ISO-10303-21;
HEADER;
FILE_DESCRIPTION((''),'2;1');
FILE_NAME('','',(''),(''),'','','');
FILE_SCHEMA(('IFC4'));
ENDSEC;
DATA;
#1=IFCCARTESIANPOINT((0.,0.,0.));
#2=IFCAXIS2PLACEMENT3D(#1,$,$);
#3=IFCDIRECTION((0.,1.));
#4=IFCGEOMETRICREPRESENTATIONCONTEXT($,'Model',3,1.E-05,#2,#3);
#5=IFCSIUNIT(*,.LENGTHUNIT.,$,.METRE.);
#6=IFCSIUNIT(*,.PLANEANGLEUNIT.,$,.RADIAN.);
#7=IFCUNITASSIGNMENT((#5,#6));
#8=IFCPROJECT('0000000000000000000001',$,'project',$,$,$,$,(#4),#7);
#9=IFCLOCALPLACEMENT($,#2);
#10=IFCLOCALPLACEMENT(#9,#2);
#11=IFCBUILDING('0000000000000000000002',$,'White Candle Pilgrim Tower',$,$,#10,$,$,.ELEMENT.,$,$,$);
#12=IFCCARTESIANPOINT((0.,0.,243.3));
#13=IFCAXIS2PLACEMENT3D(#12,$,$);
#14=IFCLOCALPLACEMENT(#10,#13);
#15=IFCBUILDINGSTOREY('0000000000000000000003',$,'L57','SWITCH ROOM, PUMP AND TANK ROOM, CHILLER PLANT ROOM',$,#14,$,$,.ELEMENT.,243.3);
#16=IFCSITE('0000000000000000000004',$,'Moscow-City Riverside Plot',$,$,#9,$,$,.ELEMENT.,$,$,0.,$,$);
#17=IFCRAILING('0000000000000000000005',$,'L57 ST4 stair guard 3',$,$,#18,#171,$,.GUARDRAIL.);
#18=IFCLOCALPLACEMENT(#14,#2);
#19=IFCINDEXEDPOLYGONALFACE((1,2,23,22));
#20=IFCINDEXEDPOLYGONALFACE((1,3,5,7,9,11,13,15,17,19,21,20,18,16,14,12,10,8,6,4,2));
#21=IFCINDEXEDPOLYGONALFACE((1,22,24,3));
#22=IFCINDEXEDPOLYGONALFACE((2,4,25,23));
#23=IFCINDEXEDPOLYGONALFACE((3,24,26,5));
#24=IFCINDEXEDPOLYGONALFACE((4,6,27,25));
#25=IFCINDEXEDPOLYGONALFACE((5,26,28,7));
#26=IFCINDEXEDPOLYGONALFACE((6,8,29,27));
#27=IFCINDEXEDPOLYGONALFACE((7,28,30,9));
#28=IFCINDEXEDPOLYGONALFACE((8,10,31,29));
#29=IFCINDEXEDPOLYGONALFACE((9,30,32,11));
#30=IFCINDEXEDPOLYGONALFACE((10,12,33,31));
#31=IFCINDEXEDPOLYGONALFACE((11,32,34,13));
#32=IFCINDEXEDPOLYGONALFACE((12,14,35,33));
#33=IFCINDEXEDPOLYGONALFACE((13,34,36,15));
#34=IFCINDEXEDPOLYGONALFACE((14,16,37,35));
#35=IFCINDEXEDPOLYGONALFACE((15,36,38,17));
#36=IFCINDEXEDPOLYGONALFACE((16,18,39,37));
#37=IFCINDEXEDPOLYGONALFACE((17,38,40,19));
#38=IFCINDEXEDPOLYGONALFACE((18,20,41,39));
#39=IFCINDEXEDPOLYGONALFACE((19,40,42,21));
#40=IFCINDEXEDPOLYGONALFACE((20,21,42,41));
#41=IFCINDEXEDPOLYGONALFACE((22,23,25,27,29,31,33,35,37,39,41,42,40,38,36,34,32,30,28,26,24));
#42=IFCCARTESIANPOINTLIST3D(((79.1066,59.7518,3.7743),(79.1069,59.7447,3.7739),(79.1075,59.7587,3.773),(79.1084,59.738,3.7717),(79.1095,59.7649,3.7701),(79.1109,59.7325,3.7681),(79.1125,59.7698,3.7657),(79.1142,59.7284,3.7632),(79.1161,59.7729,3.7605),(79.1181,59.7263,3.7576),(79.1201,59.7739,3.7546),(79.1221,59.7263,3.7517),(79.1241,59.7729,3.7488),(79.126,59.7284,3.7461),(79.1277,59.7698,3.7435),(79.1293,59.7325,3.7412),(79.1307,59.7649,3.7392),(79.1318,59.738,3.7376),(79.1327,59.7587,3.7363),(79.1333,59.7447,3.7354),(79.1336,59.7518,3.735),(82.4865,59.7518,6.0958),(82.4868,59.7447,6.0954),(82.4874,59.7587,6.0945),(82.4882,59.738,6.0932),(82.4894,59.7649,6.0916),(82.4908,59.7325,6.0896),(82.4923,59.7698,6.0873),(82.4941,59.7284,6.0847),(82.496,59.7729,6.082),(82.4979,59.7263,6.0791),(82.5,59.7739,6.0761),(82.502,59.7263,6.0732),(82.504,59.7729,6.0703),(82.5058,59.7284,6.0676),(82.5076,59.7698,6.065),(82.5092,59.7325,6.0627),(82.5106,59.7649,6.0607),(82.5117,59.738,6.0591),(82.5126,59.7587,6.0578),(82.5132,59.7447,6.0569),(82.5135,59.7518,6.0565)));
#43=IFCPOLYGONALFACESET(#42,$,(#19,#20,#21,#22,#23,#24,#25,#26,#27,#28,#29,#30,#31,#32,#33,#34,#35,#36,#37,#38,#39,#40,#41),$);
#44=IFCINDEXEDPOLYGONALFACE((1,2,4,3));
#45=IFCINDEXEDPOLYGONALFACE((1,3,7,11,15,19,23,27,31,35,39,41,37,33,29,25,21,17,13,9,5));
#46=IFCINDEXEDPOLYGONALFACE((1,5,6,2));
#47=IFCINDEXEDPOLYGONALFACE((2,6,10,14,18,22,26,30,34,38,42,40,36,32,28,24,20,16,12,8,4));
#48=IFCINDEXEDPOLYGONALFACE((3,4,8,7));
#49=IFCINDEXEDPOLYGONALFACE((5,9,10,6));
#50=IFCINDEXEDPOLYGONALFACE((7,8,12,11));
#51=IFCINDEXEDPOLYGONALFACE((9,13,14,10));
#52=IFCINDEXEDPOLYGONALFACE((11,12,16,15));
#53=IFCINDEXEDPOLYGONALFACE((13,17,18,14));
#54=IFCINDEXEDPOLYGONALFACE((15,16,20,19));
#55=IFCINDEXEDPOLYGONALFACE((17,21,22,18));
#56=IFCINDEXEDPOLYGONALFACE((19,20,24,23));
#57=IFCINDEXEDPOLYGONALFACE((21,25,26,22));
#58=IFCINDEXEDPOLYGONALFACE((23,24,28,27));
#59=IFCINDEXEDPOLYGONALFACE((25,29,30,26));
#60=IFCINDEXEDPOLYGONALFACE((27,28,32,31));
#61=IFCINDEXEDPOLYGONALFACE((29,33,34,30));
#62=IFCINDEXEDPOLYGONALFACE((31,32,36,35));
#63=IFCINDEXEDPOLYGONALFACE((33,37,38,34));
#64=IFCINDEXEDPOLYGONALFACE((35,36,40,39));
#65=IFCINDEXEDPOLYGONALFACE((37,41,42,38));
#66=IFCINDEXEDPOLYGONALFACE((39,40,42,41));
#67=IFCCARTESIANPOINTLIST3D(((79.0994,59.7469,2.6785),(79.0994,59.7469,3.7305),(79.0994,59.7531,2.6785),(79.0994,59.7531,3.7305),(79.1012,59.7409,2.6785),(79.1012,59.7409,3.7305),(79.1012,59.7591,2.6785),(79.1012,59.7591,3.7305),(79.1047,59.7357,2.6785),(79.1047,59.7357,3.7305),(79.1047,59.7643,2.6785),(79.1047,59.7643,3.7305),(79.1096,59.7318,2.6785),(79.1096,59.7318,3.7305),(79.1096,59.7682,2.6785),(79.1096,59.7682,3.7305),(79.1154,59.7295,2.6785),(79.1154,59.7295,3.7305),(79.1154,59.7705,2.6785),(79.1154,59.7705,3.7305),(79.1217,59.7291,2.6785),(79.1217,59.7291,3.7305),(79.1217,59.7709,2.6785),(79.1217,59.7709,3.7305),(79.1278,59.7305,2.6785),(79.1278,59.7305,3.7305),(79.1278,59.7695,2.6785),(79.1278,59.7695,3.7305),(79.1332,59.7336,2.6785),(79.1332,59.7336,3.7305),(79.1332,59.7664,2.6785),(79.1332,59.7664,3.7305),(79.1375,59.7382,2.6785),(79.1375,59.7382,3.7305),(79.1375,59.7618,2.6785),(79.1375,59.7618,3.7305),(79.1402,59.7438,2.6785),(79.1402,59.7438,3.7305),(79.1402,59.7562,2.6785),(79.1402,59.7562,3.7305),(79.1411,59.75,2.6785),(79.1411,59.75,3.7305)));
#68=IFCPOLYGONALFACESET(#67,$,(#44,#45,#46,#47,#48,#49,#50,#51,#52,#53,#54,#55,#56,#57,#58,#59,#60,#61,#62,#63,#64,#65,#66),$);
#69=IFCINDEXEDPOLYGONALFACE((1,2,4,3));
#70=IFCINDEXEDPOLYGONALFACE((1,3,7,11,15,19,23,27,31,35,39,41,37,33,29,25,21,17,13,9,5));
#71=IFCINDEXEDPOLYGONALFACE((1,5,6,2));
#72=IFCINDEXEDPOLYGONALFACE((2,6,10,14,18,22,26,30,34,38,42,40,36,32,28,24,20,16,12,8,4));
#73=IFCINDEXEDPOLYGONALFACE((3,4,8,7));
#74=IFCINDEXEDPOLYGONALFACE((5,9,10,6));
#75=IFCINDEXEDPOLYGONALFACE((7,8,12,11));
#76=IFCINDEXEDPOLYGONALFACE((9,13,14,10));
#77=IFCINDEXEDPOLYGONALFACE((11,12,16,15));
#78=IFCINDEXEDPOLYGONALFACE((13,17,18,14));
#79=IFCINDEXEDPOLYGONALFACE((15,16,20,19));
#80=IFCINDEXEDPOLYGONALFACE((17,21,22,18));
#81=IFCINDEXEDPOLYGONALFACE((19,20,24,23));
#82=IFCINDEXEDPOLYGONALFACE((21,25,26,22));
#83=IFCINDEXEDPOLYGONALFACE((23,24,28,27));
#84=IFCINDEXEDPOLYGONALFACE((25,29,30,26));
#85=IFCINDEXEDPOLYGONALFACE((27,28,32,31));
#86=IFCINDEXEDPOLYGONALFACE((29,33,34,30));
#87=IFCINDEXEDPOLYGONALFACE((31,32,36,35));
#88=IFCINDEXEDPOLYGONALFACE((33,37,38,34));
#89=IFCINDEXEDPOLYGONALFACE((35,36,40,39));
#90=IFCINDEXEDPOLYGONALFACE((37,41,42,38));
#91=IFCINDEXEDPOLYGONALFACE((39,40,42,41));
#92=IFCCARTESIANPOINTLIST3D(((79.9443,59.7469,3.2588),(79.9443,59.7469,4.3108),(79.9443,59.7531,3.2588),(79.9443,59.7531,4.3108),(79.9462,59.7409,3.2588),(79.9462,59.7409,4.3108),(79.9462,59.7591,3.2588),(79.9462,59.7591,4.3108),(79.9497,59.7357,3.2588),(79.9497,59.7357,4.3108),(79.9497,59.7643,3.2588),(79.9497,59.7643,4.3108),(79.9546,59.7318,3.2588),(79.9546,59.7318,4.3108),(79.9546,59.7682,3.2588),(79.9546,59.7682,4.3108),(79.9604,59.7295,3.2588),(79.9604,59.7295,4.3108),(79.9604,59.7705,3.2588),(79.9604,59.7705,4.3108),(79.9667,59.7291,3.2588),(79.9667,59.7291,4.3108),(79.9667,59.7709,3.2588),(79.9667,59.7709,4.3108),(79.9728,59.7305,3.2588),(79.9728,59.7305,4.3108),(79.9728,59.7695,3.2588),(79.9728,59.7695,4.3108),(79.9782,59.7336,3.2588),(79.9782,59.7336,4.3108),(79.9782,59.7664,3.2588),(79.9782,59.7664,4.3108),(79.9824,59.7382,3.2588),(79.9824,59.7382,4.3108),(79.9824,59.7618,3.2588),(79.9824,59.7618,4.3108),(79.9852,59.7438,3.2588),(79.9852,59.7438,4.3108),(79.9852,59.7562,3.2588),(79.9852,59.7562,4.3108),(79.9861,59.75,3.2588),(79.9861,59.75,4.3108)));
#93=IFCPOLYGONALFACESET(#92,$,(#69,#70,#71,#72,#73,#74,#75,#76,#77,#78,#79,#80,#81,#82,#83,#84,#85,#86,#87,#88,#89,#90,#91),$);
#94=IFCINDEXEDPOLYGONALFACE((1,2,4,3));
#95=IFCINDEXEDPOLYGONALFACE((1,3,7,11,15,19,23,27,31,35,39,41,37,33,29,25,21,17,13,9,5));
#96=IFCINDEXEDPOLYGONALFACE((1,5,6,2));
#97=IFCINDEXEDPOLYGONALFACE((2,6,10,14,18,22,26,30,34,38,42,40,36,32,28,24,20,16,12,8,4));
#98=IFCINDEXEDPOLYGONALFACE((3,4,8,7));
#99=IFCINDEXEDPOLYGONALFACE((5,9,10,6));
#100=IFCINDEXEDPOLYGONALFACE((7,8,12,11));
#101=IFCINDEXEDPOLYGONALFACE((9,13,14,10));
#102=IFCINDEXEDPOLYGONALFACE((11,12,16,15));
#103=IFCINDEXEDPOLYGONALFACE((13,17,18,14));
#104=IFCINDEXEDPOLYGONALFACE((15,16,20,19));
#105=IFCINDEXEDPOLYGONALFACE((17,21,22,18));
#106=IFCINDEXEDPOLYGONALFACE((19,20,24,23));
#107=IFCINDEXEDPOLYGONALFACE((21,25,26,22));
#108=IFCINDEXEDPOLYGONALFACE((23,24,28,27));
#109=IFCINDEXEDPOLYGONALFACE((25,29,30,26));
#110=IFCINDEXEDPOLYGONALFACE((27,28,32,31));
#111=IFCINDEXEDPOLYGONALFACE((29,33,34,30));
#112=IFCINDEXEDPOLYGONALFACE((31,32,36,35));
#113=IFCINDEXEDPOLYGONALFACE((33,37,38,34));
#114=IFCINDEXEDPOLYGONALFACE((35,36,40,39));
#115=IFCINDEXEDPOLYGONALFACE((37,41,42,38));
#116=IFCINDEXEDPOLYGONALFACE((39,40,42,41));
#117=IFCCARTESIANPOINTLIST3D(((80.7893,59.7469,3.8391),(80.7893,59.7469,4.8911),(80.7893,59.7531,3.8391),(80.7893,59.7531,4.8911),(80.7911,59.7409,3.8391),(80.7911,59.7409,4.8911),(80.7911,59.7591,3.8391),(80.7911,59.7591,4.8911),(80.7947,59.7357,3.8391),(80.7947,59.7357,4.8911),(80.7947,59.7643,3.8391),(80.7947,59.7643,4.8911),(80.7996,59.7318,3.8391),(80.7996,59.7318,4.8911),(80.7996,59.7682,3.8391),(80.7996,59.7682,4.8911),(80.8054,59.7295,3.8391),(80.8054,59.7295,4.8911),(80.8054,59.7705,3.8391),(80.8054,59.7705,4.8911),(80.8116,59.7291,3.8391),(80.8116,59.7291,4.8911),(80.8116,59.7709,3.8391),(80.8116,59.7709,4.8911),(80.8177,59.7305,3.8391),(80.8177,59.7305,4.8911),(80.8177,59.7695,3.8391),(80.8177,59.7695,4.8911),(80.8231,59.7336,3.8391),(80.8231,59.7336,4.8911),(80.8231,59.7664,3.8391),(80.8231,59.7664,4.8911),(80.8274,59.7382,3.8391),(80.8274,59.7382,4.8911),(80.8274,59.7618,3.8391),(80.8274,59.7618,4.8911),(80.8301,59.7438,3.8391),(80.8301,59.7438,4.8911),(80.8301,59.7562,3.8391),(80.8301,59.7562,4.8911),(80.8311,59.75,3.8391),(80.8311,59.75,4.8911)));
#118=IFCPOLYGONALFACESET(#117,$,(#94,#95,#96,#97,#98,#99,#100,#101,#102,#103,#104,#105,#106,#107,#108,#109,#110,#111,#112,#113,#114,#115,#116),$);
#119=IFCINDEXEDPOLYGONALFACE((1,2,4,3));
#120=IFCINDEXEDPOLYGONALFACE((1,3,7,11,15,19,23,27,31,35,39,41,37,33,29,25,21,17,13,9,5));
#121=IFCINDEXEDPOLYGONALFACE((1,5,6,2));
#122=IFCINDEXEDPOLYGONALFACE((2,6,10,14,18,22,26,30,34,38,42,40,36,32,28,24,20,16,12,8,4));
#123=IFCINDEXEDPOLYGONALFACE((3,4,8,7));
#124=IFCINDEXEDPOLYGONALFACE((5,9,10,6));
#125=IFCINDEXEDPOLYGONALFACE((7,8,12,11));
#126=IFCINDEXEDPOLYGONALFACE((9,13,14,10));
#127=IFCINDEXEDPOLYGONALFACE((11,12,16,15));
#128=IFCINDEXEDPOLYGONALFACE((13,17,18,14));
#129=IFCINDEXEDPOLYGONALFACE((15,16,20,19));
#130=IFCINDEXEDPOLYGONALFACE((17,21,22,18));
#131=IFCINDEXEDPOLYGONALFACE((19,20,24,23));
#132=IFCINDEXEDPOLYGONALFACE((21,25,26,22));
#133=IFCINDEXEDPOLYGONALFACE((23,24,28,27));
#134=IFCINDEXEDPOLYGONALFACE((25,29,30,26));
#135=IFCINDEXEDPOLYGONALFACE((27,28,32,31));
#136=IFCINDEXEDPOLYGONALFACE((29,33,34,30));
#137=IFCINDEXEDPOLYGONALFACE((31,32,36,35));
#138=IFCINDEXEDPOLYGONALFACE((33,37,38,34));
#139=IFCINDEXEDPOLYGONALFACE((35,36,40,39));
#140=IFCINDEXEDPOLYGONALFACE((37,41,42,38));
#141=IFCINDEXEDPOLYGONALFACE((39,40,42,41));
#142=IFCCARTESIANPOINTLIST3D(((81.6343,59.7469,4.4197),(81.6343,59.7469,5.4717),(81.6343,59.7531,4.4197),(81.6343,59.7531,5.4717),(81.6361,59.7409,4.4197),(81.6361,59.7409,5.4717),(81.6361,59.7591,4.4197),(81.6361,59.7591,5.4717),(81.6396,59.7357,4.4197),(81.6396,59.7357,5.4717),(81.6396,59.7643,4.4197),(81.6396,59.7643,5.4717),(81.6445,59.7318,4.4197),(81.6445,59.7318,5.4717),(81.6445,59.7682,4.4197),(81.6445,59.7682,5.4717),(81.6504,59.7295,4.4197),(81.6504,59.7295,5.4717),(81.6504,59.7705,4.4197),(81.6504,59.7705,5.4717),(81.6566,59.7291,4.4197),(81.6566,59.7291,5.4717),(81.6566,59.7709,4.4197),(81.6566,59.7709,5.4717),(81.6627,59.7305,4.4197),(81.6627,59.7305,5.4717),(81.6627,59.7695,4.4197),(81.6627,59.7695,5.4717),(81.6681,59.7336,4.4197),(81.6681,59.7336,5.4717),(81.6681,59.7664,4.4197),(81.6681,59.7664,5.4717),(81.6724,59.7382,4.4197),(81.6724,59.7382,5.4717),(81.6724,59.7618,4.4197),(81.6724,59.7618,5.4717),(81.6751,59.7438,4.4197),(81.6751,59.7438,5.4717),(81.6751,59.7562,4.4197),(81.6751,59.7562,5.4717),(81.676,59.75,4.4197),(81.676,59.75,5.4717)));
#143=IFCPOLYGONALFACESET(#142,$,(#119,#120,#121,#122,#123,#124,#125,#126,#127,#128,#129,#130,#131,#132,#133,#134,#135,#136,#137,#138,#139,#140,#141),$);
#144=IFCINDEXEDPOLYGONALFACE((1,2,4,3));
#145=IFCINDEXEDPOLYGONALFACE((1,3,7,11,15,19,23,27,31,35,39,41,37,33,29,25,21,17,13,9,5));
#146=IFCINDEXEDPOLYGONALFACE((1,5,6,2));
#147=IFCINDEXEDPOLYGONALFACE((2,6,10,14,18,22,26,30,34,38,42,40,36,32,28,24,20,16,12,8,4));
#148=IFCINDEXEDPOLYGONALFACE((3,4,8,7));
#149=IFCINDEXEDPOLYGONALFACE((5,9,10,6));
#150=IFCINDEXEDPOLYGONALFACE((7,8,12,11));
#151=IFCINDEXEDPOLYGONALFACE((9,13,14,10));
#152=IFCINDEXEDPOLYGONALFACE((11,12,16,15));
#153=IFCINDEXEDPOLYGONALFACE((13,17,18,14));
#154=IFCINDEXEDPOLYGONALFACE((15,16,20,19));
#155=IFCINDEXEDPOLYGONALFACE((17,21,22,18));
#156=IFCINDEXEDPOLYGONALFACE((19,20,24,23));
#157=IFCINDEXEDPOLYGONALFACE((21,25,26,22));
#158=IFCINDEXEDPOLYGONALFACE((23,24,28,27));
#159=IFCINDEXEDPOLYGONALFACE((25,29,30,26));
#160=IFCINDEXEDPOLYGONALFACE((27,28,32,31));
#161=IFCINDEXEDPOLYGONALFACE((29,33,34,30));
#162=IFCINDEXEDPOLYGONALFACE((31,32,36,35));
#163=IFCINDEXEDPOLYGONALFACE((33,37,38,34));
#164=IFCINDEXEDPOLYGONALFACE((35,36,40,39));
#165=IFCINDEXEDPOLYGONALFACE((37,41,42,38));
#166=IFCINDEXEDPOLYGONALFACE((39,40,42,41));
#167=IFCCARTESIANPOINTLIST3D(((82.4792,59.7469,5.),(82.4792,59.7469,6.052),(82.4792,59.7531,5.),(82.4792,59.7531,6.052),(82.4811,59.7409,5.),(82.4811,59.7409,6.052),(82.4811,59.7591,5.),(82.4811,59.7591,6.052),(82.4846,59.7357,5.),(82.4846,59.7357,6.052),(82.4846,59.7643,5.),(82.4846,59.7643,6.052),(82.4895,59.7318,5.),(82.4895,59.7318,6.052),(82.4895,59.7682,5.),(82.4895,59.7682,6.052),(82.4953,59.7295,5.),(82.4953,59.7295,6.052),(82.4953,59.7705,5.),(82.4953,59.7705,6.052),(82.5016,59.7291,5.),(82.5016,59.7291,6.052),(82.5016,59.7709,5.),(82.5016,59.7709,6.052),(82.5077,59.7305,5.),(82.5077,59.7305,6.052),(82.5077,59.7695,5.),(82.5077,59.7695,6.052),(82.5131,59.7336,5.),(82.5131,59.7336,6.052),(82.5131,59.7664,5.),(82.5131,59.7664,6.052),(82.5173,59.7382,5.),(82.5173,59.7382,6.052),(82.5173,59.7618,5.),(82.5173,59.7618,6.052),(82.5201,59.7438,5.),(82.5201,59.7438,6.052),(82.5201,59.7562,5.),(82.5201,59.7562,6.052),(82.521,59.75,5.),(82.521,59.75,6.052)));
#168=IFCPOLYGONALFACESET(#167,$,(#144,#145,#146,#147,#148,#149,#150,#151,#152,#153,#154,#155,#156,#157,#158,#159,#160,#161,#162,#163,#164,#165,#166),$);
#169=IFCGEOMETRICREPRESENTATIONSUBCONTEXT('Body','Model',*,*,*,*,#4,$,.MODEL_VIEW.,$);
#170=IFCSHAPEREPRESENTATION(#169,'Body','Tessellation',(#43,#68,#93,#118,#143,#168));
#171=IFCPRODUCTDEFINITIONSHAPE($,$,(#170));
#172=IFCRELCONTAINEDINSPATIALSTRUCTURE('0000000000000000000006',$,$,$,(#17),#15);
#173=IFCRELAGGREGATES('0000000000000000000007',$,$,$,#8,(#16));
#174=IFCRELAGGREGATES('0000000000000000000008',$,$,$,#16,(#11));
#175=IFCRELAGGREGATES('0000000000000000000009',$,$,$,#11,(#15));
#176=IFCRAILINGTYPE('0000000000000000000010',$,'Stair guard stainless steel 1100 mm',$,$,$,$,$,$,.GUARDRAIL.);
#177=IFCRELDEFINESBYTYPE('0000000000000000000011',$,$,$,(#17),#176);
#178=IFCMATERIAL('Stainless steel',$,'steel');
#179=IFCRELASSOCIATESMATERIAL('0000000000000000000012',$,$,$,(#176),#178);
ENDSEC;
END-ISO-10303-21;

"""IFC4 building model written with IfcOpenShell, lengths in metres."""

from ifc_helpers import new_model, si_unit, direction, frame, origin, origin_2d, place, context, subcontext, project, spatial, circle, extrude, material, type_object, element, save


model = new_model("IFC4")

# Units and contexts
model_context = context("Model", 3, precision=1e-05, world=origin(), true_north=direction((0.0, 1.0)))
body_context = subcontext(model_context, "Body", "Model", "MODEL_VIEW")
ifc_project = project(units=[si_unit("LENGTHUNIT", "METRE"), si_unit("PLANEANGLEUNIT", "RADIAN")], contexts=[model_context])

# Site, building, storey
site_placement = place(None, origin())
site = spatial("IfcSite", under=ifc_project, at=site_placement, Name="Moscow-City Riverside Plot", CompositionType="ELEMENT", RefElevation=0.0)
building_placement = place(site_placement, origin())
building = spatial("IfcBuilding", under=site, at=building_placement, Name="White Candle Pilgrim Tower", CompositionType="ELEMENT")
storey_placement = place(building_placement, frame((0.0, 0.0, 243.3)))
storey = spatial("IfcBuildingStorey", under=building, at=storey_placement, Name="L57", Description="SWITCH ROOM, PUMP AND TANK ROOM, CHILLER PLANT ROOM", CompositionType="ELEMENT", Elevation=243.3)

# Railing
ifc_material_1 = material(Name="Stainless steel", Category="steel")
railing_type_1 = type_object("IfcRailingType", Name="Stair guard stainless steel 1100 mm", PredefinedType="GUARDRAIL", material=ifc_material_1)
railing_1_placement = place(storey_placement, frame((79.1201, 59.75, 2.6785)))
element("IfcRailing", 1, at=railing_1_placement, inside=storey, type_object=railing_type_1, Name="L57 ST4 stair guard 3", PredefinedType="GUARDRAIL", context=body_context, shape_type="SweptSolid", body=[
    extrude(circle(Radius=0.0239, at=origin_2d()), frame((0.0, 0.0, 1.0762), z_axis=(0.824285, 0.0, 0.566175), x_axis=(0.0, 1.0, 0.0)), (0.0, 0.0, 1.0), 4.1003),
    extrude(circle(Radius=0.021, at=origin_2d()), origin(), (0.0, 0.0, 1.0), 1.052),
    extrude(circle(Radius=0.021, at=origin_2d()), frame((0.845, 0.0, 0.5803)), (0.0, 0.0, 1.0), 1.052),
    extrude(circle(Radius=0.021, at=origin_2d()), frame((1.6899, 0.0, 1.1606)), (0.0, 0.0, 1.0), 1.052),
    extrude(circle(Radius=0.021, at=origin_2d()), frame((2.5349, 0.0, 1.7412)), (0.0, 0.0, 1.0), 1.052),
    extrude(circle(Radius=0.021, at=origin_2d()), frame((3.3799, 0.0, 2.3215)), (0.0, 0.0, 1.0), 1.052),
])

save(model, "model.ifc")
